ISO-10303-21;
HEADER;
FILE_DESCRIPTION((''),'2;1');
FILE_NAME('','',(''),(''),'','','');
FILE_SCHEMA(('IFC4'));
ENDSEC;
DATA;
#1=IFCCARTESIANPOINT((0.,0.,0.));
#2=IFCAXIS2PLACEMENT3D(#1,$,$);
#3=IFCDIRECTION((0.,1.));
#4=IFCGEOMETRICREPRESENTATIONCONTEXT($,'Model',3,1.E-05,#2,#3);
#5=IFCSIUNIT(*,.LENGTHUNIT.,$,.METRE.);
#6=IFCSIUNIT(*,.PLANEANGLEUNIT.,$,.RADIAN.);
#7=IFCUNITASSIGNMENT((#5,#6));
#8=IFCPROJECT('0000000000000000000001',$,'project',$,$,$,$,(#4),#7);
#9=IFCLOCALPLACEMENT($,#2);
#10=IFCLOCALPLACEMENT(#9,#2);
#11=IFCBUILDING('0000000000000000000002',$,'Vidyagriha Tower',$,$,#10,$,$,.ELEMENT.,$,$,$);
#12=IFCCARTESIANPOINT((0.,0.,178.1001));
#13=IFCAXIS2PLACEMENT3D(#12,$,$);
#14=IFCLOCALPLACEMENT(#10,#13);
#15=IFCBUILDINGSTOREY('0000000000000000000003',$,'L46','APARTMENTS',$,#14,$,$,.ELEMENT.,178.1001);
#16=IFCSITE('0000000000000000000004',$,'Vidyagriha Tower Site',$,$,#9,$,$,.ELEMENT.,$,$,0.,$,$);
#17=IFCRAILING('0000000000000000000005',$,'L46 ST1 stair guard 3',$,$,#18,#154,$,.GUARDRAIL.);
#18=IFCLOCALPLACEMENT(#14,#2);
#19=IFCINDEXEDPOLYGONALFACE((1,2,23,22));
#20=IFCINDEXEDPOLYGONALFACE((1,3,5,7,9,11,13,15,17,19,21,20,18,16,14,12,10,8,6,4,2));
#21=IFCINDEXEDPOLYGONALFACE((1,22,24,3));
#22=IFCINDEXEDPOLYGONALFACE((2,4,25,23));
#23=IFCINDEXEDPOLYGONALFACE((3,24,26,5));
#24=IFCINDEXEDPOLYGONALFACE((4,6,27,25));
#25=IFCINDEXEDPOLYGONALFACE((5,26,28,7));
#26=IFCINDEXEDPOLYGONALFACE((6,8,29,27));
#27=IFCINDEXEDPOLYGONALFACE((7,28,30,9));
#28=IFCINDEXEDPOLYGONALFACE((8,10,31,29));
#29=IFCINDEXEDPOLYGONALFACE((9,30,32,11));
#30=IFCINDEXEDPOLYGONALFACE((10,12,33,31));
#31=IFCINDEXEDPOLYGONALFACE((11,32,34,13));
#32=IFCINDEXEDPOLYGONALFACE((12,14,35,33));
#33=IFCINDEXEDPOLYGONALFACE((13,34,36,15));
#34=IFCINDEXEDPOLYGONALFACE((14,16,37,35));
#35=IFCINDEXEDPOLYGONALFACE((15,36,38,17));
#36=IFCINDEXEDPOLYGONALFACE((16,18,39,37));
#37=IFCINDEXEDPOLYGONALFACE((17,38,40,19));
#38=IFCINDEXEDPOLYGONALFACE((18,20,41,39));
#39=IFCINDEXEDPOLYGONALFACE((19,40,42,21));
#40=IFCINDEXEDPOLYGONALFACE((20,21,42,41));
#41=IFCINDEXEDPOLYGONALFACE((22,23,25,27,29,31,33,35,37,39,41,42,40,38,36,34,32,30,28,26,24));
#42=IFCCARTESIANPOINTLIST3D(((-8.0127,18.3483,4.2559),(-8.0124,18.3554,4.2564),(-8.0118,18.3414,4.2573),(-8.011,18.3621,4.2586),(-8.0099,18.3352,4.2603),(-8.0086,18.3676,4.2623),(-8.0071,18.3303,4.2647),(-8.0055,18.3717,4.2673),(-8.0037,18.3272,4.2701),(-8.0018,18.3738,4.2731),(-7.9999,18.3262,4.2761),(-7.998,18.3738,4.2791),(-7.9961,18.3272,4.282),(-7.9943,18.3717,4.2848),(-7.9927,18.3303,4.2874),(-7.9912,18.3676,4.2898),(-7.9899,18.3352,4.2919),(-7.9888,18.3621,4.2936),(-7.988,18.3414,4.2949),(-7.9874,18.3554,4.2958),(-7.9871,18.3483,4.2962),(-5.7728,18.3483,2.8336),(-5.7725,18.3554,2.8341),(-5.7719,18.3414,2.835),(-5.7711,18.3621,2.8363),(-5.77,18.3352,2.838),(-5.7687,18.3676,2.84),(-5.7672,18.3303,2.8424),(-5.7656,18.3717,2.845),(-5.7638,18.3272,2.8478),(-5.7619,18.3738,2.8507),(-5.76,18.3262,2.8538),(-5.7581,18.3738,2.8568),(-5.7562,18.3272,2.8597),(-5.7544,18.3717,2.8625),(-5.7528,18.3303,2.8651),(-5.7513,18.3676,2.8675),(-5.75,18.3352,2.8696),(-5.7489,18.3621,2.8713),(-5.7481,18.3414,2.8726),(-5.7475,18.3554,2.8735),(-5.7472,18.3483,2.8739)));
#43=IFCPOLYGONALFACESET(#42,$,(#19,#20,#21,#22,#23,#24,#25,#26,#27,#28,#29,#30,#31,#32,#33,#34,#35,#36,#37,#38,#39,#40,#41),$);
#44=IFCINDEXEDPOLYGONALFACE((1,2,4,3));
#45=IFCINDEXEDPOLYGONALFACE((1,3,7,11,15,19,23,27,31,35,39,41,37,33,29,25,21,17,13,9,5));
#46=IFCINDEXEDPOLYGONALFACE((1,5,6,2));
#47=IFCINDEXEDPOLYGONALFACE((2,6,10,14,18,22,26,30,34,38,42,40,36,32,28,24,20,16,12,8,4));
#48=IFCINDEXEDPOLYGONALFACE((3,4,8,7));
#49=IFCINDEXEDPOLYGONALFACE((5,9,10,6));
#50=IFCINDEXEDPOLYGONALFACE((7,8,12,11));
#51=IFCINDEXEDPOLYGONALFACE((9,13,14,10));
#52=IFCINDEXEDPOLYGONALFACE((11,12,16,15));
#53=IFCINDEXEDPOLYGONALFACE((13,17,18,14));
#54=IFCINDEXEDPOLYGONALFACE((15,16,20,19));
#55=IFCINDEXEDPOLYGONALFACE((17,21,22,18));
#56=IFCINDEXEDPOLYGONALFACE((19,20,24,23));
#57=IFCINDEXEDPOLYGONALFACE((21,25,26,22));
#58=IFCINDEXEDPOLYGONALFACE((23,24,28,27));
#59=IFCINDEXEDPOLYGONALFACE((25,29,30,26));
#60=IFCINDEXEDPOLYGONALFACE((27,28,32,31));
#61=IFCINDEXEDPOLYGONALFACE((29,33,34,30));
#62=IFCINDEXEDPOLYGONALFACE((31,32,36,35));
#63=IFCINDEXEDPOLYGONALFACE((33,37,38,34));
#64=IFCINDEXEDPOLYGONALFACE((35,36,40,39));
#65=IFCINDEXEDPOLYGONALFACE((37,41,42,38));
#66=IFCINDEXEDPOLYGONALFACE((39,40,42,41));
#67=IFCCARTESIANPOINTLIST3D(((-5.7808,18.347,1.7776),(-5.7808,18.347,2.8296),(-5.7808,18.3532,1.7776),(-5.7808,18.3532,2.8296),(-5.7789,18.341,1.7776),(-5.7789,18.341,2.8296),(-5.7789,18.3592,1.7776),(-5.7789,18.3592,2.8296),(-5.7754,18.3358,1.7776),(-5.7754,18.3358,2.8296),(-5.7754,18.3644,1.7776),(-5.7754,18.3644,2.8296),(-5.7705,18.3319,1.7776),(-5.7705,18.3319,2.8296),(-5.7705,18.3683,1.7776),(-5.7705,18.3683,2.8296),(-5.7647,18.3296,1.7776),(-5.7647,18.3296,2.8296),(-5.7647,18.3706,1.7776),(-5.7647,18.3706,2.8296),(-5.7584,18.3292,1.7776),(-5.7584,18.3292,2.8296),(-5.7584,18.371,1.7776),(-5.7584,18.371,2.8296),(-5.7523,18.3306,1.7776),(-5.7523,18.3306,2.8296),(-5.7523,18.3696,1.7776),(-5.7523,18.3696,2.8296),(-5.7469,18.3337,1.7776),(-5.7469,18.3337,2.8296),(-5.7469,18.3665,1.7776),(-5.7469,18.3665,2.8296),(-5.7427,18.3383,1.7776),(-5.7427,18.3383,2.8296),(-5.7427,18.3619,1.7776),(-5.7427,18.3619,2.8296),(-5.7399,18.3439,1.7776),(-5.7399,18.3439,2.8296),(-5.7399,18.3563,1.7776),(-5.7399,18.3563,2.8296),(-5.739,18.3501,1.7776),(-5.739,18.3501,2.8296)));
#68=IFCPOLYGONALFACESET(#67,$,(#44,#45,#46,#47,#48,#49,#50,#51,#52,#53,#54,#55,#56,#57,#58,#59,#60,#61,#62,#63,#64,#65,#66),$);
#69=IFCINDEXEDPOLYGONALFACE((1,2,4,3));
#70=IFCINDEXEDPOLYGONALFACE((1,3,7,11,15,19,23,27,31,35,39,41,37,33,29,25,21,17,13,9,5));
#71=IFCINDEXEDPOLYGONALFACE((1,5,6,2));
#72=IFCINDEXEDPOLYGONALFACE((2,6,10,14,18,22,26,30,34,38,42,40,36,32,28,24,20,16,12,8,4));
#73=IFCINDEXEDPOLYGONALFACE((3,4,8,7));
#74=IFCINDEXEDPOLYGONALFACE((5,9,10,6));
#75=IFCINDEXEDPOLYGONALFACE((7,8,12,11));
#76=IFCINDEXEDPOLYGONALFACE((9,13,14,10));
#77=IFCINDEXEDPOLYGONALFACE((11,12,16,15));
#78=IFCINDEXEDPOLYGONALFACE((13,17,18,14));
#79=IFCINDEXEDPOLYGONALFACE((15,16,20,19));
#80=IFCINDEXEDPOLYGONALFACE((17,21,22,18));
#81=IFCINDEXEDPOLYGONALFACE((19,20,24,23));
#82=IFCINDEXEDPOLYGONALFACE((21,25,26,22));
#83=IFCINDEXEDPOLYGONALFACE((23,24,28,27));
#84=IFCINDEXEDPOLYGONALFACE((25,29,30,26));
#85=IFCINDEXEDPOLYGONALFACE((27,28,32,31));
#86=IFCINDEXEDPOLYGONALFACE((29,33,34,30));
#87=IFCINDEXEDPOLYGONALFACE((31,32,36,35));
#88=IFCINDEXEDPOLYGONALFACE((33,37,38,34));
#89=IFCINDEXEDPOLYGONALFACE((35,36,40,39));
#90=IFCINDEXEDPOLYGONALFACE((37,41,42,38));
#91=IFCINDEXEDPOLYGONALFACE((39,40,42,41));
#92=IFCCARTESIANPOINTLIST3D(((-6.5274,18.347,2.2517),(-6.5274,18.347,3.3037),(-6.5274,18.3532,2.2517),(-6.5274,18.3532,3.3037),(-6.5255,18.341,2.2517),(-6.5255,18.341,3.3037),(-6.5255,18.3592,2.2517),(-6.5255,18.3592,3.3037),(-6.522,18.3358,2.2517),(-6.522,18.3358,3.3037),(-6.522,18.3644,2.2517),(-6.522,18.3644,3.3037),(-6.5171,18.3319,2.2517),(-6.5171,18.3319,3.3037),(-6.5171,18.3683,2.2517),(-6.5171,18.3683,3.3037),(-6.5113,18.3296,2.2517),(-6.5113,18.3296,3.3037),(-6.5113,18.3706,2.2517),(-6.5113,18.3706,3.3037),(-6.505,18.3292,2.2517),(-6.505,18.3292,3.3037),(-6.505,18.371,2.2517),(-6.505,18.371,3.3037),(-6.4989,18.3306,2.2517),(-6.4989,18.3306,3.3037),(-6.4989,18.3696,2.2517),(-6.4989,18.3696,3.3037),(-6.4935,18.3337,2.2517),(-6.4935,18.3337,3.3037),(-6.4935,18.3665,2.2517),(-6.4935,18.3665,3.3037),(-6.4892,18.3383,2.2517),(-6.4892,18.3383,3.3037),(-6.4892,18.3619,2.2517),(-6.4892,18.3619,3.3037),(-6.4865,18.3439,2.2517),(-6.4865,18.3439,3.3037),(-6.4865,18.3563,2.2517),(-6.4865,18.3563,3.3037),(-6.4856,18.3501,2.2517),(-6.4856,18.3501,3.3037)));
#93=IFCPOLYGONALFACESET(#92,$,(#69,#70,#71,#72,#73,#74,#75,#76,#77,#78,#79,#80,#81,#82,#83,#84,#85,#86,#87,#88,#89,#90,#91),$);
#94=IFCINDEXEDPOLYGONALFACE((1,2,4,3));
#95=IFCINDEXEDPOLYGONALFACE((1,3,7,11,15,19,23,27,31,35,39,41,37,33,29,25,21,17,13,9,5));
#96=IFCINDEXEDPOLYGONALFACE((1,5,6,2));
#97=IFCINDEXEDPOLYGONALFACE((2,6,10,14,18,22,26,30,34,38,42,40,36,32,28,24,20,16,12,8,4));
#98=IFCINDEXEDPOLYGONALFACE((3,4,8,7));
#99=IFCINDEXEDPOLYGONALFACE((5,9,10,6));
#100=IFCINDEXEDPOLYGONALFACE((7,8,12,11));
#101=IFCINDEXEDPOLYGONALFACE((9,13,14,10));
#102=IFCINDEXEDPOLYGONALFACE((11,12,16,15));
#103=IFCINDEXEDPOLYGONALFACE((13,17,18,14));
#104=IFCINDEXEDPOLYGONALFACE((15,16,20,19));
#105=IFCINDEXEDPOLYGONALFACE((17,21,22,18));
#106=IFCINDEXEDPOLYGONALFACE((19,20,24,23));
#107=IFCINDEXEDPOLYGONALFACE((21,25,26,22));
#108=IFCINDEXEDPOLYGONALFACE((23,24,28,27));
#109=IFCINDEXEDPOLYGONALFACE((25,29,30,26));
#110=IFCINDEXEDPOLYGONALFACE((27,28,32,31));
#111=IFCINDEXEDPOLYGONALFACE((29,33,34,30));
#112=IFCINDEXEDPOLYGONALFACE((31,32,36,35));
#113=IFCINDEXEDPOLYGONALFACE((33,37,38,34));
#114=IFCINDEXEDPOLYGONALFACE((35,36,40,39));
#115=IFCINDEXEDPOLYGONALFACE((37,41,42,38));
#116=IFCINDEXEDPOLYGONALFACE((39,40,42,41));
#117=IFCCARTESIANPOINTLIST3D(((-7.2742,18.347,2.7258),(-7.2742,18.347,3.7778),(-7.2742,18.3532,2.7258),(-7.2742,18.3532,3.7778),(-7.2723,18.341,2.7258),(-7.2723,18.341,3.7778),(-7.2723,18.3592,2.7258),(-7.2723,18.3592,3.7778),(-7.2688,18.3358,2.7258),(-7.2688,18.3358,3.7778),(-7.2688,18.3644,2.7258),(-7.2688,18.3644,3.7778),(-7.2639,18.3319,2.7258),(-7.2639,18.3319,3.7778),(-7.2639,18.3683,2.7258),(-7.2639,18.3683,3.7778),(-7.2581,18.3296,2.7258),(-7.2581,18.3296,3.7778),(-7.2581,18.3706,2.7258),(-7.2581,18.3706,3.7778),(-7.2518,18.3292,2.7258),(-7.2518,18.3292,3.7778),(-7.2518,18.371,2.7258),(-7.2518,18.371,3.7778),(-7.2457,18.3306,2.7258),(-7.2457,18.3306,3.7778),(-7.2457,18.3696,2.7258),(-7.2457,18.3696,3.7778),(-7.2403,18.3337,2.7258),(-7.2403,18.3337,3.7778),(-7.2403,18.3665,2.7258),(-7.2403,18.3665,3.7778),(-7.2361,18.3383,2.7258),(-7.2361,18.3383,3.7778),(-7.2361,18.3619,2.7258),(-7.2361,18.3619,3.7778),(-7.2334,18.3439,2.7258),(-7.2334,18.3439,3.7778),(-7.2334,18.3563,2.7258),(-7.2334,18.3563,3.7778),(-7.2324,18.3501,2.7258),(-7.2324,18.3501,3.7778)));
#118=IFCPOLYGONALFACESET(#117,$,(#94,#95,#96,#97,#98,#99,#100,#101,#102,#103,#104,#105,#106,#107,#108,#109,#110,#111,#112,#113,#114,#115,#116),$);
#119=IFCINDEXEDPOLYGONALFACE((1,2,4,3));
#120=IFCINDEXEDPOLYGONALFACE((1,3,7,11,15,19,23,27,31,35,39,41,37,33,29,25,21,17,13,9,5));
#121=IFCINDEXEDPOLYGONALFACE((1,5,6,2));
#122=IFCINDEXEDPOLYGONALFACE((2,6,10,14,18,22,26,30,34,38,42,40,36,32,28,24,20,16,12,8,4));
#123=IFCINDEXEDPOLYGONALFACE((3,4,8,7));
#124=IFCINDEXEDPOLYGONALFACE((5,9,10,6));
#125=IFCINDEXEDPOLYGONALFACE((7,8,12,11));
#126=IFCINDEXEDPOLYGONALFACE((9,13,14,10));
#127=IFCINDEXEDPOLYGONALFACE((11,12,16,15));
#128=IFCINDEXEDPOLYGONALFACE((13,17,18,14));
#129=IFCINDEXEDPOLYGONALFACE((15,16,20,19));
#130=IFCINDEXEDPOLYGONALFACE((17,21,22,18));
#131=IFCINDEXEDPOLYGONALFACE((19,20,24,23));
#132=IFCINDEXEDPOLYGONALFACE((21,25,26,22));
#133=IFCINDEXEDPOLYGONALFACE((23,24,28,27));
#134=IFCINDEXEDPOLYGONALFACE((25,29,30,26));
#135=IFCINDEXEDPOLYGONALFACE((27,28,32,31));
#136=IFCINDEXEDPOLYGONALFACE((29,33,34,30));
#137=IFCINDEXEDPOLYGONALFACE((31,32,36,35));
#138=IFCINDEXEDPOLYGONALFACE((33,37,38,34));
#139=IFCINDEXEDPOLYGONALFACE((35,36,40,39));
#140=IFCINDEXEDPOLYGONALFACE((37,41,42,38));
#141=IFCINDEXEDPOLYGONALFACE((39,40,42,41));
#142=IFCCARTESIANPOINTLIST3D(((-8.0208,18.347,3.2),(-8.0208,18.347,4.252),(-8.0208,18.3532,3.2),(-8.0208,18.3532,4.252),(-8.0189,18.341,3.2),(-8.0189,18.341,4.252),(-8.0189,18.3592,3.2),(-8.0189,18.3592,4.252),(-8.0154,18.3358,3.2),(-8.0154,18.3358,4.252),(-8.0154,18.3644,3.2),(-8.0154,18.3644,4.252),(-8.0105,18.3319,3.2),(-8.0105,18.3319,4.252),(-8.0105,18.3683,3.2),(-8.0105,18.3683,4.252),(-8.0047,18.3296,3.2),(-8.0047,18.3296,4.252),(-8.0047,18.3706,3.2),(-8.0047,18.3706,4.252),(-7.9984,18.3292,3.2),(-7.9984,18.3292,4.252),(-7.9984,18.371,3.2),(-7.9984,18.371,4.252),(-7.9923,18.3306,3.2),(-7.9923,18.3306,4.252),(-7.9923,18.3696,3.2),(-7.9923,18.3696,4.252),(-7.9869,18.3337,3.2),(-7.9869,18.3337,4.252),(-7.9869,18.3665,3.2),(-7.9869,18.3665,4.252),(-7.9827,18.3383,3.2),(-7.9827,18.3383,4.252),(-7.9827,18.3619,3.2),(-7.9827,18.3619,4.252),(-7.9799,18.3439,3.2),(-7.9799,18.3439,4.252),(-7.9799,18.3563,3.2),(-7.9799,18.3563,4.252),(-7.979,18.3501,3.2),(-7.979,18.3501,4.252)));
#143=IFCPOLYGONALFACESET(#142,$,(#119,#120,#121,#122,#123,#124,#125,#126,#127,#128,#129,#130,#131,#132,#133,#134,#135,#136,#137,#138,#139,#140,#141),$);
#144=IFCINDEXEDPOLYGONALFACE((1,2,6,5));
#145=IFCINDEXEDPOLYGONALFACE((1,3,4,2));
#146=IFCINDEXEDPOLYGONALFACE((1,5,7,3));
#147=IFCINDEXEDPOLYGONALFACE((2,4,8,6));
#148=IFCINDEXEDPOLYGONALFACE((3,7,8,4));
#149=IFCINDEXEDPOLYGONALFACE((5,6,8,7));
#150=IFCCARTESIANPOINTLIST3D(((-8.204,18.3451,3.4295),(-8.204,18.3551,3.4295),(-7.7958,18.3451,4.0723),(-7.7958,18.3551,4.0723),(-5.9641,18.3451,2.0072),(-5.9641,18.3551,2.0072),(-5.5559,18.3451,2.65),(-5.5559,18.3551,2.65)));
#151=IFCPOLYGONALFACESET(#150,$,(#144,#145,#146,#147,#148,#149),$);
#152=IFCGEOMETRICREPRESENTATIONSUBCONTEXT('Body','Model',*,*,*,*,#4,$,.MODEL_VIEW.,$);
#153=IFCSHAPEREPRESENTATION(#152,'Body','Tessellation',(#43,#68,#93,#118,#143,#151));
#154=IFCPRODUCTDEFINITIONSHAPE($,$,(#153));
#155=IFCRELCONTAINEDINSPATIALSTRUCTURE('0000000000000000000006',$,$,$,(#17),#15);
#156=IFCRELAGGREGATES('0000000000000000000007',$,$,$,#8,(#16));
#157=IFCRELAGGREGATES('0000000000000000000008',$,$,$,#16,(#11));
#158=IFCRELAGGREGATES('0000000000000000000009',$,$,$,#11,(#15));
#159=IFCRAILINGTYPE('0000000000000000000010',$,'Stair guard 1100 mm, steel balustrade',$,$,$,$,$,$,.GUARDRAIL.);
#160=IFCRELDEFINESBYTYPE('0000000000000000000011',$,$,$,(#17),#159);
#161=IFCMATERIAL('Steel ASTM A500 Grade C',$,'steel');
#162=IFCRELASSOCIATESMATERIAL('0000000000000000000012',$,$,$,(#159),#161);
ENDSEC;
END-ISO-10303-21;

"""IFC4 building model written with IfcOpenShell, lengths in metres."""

from ifc_helpers import new_model, si_unit, direction, frame, origin, origin_2d, place, context, subcontext, project, spatial, rectangle, circle, extrude, material, type_object, element, save


model = new_model("IFC4")

# Units and contexts
model_context = context("Model", 3, precision=1e-05, world=origin(), true_north=direction((0.0, 1.0)))
body_context = subcontext(model_context, "Body", "Model", "MODEL_VIEW")
ifc_project = project(units=[si_unit("LENGTHUNIT", "METRE"), si_unit("PLANEANGLEUNIT", "RADIAN")], contexts=[model_context])

# Site, building, storey
site_placement = place(None, origin())
site = spatial("IfcSite", under=ifc_project, at=site_placement, Name="Vidyagriha Tower Site", CompositionType="ELEMENT", RefElevation=0.0)
building_placement = place(site_placement, origin())
building = spatial("IfcBuilding", under=site, at=building_placement, Name="Vidyagriha Tower", CompositionType="ELEMENT")
storey_placement = place(building_placement, frame((0.0, 0.0, 178.1001)))
storey = spatial("IfcBuildingStorey", under=building, at=storey_placement, Name="L46", Description="APARTMENTS", CompositionType="ELEMENT", Elevation=178.1001)

# Railing
ifc_material_1 = material(Name="Steel ASTM A500 Grade C", Category="steel")
railing_type_1 = type_object("IfcRailingType", Name="Stair guard 1100 mm, steel balustrade", PredefinedType="GUARDRAIL", material=ifc_material_1)
railing_1_placement = place(storey_placement, frame((-5.76, 18.3501, 1.7776)))
element("IfcRailing", 1, at=railing_1_placement, inside=storey, type_object=railing_type_1, Name="L46 ST1 stair guard 3", PredefinedType="GUARDRAIL", context=body_context, shape_type="SweptSolid", body=[
    extrude(circle(Radius=0.0239, at=origin_2d()), frame((0.0, 0.0, 1.0762), z_axis=(-0.844188, 0.0, 0.536048), x_axis=(0.0, -1.0, 0.0)), (0.0, 0.0, 1.0), 2.6533),
    extrude(circle(Radius=0.021, at=origin_2d()), origin(), (0.0, 0.0, 1.0), 1.052),
    extrude(circle(Radius=0.021, at=origin_2d()), frame((-0.7466, 0.0, 0.4741)), (0.0, 0.0, 1.0), 1.052),
    extrude(circle(Radius=0.021, at=origin_2d()), frame((-1.4934, 0.0, 0.9482)), (0.0, 0.0, 1.0), 1.052),
    extrude(circle(Radius=0.021, at=origin_2d()), frame((-2.24, 0.0, 1.4224)), (0.0, 0.0, 1.0), 1.052),
    extrude(rectangle(XDim=0.01, YDim=0.7615, at=origin_2d()), frame((0.0, 0.0, 0.551), z_axis=(-0.844188, 0.0, 0.536048), x_axis=(0.0, -1.0, 0.0)), (0.0, 0.0, 1.0), 2.6533),
])

save(model, "model.ifc")
